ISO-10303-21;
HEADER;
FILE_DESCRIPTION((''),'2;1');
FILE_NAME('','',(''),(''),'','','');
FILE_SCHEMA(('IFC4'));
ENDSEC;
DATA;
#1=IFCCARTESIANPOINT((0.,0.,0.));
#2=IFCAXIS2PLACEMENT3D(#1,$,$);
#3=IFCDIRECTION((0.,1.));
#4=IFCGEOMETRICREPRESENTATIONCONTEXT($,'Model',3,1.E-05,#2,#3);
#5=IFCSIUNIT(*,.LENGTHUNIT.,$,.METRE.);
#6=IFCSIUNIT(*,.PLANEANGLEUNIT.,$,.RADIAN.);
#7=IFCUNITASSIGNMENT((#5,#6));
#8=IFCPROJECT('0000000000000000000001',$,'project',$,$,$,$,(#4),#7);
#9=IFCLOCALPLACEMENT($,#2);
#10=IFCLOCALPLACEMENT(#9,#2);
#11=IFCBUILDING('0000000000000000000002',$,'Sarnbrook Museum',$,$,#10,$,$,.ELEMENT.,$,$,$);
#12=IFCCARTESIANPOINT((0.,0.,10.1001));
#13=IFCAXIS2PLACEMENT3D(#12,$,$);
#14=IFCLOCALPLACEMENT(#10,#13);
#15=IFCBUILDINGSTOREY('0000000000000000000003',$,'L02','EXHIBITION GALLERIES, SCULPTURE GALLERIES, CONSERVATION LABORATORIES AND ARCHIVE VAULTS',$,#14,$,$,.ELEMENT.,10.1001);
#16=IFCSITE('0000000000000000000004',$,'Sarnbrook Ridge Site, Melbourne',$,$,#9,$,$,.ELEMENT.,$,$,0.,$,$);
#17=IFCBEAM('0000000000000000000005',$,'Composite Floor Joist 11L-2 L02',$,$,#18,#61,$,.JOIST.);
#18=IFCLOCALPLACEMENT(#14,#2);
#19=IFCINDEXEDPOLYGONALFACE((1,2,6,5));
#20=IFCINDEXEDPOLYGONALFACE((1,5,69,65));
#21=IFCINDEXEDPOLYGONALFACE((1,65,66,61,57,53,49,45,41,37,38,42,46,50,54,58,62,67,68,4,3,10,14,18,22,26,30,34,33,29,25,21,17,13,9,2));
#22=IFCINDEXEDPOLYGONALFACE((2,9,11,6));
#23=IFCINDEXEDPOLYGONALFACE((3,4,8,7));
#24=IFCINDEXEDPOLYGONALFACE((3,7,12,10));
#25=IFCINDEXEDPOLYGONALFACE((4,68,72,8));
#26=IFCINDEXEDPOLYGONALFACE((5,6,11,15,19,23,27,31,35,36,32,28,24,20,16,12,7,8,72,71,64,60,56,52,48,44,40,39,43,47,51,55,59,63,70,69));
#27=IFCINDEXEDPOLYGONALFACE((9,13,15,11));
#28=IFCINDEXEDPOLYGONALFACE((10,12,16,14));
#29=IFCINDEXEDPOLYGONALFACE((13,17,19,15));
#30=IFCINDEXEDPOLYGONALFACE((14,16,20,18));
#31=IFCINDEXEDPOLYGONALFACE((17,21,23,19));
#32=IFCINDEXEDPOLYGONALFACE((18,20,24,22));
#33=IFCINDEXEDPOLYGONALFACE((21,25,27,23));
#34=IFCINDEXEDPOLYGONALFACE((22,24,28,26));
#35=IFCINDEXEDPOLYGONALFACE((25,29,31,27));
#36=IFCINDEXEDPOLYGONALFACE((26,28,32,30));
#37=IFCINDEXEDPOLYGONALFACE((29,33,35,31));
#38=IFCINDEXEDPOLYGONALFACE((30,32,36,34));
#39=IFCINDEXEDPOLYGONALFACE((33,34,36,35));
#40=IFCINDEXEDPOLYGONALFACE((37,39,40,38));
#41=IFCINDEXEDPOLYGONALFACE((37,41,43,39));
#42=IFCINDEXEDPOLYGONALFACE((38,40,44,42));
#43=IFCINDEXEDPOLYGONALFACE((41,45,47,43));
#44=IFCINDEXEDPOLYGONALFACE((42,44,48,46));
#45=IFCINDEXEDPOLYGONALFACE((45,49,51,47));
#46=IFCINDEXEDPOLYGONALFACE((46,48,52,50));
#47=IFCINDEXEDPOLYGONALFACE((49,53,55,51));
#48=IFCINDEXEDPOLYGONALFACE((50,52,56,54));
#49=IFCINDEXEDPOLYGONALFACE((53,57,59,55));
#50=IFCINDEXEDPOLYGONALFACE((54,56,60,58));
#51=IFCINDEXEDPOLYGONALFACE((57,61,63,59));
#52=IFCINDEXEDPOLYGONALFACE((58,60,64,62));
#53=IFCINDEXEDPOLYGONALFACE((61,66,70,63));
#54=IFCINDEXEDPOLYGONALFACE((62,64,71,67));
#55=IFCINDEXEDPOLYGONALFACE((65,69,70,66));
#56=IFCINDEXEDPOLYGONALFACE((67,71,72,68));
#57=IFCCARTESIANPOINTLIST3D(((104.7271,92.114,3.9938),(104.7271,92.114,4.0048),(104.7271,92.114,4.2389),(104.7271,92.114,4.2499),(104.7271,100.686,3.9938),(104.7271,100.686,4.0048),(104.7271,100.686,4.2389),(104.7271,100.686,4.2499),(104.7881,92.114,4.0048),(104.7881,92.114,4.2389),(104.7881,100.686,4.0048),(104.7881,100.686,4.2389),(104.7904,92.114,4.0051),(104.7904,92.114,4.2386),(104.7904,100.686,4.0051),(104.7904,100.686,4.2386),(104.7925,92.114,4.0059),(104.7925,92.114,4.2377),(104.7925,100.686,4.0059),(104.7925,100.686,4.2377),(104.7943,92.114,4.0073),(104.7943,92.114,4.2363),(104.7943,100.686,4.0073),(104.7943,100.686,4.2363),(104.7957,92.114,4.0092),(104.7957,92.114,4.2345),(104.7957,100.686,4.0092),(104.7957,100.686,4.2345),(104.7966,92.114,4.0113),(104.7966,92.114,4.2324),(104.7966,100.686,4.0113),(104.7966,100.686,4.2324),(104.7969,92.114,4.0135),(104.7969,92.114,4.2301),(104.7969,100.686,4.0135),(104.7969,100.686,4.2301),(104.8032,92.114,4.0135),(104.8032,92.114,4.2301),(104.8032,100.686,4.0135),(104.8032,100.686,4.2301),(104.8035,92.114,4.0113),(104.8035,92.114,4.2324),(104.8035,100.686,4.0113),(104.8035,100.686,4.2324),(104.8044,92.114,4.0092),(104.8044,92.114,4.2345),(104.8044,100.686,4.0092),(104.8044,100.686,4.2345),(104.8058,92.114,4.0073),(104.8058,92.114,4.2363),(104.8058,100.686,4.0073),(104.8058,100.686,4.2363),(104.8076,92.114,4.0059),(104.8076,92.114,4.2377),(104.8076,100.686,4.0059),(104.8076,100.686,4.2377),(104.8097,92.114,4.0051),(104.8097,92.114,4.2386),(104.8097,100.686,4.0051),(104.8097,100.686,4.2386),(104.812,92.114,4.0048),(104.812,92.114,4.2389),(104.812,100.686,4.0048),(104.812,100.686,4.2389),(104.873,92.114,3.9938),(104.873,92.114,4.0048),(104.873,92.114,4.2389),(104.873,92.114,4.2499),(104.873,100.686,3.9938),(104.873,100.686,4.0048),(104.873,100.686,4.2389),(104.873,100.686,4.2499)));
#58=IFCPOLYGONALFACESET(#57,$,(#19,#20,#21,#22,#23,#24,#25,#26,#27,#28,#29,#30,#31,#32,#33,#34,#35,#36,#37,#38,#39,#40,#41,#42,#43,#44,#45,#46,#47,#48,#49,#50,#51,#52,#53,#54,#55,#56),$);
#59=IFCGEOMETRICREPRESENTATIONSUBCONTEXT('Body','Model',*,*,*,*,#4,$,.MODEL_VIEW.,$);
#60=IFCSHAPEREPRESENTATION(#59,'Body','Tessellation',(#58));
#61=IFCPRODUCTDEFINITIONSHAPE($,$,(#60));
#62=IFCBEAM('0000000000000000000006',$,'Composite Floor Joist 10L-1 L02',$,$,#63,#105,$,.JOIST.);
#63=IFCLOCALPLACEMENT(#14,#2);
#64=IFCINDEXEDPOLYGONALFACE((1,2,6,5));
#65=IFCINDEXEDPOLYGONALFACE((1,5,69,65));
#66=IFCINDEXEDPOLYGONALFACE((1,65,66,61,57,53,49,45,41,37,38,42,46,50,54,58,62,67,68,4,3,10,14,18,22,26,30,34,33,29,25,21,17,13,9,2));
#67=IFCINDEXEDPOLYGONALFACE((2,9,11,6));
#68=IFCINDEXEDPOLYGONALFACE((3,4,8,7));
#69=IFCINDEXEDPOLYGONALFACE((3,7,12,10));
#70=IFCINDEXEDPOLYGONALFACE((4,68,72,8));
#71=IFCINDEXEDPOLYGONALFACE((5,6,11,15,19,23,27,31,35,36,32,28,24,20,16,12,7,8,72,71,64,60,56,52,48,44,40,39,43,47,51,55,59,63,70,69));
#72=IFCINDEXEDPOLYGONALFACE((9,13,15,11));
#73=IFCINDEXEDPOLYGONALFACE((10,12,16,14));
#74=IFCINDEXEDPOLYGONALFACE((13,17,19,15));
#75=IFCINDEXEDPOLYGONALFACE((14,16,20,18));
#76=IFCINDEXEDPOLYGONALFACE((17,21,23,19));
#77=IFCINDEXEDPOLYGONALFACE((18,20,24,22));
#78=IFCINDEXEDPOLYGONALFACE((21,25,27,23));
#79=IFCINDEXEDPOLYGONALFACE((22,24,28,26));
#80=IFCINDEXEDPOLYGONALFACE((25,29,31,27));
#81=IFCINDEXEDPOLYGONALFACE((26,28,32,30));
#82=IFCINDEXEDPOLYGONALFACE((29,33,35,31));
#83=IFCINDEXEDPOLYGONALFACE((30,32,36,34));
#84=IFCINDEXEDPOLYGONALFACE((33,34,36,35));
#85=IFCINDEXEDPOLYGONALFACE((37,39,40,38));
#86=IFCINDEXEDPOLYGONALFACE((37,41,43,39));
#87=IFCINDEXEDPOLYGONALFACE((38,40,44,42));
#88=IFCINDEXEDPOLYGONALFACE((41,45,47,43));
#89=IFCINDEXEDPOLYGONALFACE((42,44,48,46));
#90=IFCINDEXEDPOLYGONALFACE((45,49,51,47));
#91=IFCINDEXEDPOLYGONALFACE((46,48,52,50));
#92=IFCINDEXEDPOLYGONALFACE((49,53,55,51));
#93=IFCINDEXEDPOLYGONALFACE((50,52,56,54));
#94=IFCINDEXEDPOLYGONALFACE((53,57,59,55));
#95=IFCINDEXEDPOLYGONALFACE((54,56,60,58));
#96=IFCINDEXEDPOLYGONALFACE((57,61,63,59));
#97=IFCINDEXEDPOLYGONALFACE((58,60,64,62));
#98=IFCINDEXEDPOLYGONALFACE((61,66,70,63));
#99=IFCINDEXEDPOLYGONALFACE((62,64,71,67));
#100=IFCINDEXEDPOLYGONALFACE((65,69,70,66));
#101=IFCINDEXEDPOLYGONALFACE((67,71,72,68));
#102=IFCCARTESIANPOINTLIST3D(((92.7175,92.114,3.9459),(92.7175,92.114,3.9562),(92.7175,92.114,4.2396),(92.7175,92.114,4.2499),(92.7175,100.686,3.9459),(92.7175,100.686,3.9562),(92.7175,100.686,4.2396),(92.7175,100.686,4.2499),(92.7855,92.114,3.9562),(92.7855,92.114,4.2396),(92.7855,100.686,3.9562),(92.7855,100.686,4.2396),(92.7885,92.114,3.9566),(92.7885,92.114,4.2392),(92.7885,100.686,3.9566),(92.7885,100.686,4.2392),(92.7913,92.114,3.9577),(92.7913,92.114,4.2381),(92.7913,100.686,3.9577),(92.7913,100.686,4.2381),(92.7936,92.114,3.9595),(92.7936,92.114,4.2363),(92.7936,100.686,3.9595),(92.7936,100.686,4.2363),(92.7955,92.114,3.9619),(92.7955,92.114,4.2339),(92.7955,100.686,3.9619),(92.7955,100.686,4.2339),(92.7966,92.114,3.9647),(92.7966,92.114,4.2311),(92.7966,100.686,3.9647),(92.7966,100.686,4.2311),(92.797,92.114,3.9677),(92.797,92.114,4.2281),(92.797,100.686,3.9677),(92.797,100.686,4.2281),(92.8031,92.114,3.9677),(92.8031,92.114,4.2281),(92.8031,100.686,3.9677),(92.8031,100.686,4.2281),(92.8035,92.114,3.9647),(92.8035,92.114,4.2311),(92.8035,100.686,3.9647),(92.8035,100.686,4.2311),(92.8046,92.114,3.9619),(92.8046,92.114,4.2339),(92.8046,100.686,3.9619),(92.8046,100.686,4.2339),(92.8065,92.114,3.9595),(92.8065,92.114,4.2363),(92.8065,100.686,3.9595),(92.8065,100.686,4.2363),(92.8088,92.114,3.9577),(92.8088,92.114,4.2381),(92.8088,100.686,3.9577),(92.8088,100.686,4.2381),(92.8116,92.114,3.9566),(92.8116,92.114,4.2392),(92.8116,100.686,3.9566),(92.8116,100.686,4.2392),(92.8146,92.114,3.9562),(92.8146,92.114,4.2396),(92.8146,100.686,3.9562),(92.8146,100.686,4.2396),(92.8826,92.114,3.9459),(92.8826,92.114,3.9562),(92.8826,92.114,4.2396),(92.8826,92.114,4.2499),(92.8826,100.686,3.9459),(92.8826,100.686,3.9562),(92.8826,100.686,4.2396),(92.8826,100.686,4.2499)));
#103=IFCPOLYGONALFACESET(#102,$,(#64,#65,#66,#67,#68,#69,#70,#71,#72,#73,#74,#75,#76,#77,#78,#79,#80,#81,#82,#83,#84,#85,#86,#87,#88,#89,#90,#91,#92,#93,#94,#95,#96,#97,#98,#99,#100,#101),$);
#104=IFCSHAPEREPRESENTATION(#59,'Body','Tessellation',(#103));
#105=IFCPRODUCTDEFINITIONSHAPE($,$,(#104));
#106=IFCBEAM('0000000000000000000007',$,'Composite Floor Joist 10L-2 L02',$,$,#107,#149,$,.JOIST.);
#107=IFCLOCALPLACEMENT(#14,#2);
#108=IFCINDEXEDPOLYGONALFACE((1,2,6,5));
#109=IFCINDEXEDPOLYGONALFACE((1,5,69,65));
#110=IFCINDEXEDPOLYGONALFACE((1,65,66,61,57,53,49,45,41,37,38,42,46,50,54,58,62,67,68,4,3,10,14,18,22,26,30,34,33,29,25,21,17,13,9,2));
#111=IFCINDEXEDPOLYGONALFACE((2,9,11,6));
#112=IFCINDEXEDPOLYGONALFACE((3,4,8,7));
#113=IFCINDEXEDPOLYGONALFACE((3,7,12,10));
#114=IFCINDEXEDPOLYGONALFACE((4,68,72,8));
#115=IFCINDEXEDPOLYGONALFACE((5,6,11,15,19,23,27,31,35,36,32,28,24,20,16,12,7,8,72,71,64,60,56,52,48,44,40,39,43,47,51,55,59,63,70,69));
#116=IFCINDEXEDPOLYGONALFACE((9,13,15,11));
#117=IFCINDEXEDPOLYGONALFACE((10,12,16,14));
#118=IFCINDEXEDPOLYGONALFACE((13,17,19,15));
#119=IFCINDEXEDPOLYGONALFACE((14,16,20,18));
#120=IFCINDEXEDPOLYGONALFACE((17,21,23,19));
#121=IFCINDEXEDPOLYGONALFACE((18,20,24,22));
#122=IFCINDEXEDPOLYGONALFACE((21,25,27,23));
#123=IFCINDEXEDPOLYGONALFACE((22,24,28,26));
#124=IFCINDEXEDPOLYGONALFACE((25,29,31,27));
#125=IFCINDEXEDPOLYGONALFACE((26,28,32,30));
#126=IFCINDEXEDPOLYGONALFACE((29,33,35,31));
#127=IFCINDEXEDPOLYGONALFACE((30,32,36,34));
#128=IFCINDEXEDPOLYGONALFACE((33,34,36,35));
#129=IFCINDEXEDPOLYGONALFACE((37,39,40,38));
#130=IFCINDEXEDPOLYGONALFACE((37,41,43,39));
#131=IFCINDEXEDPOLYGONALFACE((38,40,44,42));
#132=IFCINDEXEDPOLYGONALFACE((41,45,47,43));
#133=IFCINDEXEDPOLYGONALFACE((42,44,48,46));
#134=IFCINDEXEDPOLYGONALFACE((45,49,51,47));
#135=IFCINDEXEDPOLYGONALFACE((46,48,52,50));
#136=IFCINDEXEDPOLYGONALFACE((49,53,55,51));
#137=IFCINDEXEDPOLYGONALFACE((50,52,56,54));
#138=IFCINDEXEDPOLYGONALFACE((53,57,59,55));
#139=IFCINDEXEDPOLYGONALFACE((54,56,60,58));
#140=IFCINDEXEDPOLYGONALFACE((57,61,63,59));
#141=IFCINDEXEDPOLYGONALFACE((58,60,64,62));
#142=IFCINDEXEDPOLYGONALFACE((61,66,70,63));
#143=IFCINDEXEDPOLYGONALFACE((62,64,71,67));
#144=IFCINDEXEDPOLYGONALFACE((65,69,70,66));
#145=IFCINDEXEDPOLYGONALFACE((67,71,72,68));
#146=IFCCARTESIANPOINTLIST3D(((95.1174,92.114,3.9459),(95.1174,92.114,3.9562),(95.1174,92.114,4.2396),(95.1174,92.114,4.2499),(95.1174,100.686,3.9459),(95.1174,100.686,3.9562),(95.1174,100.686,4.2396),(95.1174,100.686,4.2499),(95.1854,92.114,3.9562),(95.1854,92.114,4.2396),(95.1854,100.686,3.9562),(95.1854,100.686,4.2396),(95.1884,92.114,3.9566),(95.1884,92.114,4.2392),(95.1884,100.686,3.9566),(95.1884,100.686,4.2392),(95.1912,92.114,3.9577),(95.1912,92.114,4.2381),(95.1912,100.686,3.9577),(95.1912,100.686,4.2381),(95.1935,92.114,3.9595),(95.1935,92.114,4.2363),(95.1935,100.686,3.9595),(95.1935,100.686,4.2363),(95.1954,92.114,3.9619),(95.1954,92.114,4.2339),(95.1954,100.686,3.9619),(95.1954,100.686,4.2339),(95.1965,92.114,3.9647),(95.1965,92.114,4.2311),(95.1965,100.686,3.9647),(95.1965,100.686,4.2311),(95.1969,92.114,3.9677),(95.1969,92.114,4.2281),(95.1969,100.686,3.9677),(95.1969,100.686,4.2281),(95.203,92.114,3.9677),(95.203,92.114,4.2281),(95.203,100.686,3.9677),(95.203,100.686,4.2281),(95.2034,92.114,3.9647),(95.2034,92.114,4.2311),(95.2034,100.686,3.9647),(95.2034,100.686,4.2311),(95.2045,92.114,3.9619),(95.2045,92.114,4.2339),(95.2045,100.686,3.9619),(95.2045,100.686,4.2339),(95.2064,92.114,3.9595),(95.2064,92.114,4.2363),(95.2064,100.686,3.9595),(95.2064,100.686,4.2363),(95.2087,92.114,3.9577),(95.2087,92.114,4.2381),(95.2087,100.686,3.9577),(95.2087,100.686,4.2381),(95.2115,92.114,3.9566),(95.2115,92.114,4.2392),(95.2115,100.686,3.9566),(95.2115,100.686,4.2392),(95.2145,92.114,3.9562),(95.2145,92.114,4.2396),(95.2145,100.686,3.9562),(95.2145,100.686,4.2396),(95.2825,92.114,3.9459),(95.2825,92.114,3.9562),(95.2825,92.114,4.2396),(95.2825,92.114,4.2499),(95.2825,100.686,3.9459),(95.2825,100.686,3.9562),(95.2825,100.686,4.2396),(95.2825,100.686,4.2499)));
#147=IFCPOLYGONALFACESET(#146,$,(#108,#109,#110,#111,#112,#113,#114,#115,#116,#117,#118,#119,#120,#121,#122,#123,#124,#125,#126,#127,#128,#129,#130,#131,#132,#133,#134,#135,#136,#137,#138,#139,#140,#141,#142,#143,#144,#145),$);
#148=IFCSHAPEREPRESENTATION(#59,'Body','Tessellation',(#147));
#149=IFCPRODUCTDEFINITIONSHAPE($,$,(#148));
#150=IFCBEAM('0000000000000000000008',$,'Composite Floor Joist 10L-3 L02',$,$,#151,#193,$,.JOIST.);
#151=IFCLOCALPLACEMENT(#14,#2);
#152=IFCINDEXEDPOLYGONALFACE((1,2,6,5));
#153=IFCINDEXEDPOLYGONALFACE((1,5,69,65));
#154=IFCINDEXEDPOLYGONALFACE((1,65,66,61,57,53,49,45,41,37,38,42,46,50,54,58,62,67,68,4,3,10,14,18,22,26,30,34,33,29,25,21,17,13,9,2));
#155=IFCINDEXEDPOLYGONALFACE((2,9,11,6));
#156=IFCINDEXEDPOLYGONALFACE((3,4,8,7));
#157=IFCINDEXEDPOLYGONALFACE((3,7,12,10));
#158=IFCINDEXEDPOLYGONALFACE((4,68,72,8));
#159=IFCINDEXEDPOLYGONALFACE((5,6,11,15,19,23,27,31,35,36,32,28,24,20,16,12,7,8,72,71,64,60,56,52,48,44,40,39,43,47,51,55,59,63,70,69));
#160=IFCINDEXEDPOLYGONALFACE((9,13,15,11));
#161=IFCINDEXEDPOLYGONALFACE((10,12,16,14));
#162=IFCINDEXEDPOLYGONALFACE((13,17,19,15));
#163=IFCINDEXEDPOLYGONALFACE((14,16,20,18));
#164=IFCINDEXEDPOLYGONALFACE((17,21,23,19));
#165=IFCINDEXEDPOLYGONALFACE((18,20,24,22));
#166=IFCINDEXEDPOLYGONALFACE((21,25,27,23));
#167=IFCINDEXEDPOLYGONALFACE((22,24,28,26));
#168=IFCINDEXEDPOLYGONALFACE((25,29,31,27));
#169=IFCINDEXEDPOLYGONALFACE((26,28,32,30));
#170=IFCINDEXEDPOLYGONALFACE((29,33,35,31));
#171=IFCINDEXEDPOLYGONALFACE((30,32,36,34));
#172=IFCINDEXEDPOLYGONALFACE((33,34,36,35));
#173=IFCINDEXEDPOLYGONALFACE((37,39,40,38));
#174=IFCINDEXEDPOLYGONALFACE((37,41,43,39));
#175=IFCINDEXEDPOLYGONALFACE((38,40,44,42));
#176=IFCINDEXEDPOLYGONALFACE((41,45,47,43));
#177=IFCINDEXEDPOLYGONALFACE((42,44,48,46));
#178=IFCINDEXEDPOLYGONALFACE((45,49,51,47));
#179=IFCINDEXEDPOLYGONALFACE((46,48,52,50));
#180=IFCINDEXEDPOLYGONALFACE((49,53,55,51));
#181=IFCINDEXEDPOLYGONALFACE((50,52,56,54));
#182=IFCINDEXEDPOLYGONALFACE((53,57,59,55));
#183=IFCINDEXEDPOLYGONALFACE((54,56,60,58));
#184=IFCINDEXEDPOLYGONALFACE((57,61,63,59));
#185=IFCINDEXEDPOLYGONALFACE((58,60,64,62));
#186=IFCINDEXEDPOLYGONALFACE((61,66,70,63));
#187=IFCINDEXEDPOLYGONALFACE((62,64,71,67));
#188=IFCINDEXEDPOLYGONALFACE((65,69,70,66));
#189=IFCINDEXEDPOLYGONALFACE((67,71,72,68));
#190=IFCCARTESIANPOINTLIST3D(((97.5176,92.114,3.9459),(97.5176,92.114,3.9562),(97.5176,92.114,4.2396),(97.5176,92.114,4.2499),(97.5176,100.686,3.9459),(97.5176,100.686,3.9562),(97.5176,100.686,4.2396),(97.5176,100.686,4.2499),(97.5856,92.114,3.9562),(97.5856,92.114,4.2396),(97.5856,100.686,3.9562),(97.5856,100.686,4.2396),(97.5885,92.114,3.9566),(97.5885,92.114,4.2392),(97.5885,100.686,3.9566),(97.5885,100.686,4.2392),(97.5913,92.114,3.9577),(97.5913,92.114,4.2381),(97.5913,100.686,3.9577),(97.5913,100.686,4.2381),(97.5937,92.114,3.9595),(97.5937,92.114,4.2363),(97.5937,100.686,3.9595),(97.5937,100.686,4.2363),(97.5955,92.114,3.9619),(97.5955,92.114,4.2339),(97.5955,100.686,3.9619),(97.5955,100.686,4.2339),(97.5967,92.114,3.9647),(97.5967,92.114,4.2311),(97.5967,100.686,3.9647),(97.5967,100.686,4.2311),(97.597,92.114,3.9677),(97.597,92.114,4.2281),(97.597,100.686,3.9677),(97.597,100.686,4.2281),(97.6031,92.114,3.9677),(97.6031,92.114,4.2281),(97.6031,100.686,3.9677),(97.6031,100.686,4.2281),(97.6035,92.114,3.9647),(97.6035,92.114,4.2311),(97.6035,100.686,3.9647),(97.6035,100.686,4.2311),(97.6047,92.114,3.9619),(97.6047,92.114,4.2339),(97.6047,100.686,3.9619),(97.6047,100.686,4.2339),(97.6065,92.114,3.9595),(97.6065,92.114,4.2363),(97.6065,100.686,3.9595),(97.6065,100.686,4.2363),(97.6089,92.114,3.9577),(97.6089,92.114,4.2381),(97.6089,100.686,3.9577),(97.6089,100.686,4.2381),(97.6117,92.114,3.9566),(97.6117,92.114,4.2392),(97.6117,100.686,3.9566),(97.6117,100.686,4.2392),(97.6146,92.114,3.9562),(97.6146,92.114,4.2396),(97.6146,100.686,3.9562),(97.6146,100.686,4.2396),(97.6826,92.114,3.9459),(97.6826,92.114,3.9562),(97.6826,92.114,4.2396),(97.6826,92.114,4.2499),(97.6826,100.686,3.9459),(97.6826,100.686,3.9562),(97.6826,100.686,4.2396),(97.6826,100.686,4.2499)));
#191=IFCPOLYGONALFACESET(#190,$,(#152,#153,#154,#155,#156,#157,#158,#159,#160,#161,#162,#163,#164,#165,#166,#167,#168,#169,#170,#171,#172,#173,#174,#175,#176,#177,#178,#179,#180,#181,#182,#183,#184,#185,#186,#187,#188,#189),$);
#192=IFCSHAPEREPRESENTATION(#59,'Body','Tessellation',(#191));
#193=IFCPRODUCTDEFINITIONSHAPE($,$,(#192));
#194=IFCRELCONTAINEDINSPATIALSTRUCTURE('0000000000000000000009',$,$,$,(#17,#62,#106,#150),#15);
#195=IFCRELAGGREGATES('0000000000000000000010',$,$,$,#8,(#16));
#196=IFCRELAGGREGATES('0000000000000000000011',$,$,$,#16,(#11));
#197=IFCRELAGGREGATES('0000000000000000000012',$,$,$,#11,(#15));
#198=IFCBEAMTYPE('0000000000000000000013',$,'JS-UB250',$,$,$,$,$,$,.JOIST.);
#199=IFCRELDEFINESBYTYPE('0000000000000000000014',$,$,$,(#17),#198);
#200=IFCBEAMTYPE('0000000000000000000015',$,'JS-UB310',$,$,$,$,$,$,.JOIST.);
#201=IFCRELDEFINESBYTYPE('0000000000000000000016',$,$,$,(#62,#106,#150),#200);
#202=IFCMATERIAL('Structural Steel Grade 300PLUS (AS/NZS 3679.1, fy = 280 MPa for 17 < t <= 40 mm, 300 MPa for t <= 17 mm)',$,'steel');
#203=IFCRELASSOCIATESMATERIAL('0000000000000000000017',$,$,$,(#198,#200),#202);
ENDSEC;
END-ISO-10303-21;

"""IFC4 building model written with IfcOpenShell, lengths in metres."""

from ifc_helpers import new_model, si_unit, direction, frame, origin, origin_2d, place, context, subcontext, project, spatial, i_section, extrude, material, material_profile, profile_set, type_object, element, save


model = new_model("IFC4")

# Units and contexts
model_context = context("Model", 3, precision=1e-05, world=origin(), true_north=direction((0.0, 1.0)))
body_context = subcontext(model_context, "Body", "Model", "MODEL_VIEW")
ifc_project = project(units=[si_unit("LENGTHUNIT", "METRE"), si_unit("PLANEANGLEUNIT", "RADIAN")], contexts=[model_context])

# Site, building, storey
site_placement = place(None, origin())
site = spatial("IfcSite", under=ifc_project, at=site_placement, Name="Sarnbrook Ridge Site, Melbourne", CompositionType="ELEMENT", RefElevation=0.0)
building_placement = place(site_placement, origin())
building = spatial("IfcBuilding", under=site, at=building_placement, Name="Sarnbrook Museum", CompositionType="ELEMENT")
storey_placement = place(building_placement, frame((0.0, 0.0, 10.1001)))
storey = spatial("IfcBuildingStorey", under=building, at=storey_placement, Name="L02", Description="EXHIBITION GALLERIES, SCULPTURE GALLERIES, CONSERVATION LABORATORIES AND ARCHIVE VAULTS", CompositionType="ELEMENT", Elevation=10.1001)

# Beams
ifc_material_1 = material(Name="Structural Steel Grade 300PLUS (AS/NZS 3679.1, fy = 280 MPa for 17 < t <= 40 mm, 300 MPa for t <= 17 mm)", Category="steel")
ifc_material_profile_1 = material_profile(ifc_material_1, i_section(OverallWidth=0.146, OverallDepth=0.2561, WebThickness=0.0063, FlangeThickness=0.011, FilletRadius=0.0088, at=origin_2d()), Name="250UB37.3")
ifc_profile_set_1 = profile_set([ifc_material_profile_1], Name="Structural Steel Grade 300PLUS (AS/NZS 3679.1, fy = 280 MPa for 17 < t <= 40 mm, 300 MPa for t <= 17 mm)")
beam_type_1 = type_object("IfcBeamType", Name="JS-UB250", PredefinedType="JOIST", material=ifc_profile_set_1)
for number, where, z_axis, x_axis, name in (
    (1, (104.8, 92.114, 4.1218), (0.0, 1.0, 0.0), (-1.0, 0.0, 0.0), "Composite Floor Joist 11L-2 L02"),
):
    element("IfcBeam", number, at=place(storey_placement, frame(where, z_axis=z_axis, x_axis=x_axis)), inside=storey, type_object=beam_type_1, Name=name, PredefinedType="JOIST", context=body_context, shape_type="SweptSolid", body=[
        extrude(i_section(OverallWidth=0.146, OverallDepth=0.2561, WebThickness=0.0063, FlangeThickness=0.011, FilletRadius=0.0088, at=origin_2d()), origin(), (0.0, 0.0, 1.0), 8.572),
    ])
ifc_material_profile_2 = material_profile(ifc_material_1, i_section(OverallWidth=0.165, OverallDepth=0.304, WebThickness=0.0061, FlangeThickness=0.0103, FilletRadius=0.0115, at=origin_2d()), Name="310UB40.4")
ifc_profile_set_2 = profile_set([ifc_material_profile_2], Name="Structural Steel Grade 300PLUS (AS/NZS 3679.1, fy = 280 MPa for 17 < t <= 40 mm, 300 MPa for t <= 17 mm)")
beam_type_2 = type_object("IfcBeamType", Name="JS-UB310", PredefinedType="JOIST", material=ifc_profile_set_2)
for number, where, z_axis, x_axis, name in (
    (2, (92.8, 92.114, 4.0979), (0.0, 1.0, 0.0), (-1.0, 0.0, 0.0), "Composite Floor Joist 10L-1 L02"),
    (3, (95.2, 92.114, 4.0979), (0.0, 1.0, 0.0), (-1.0, 0.0, 0.0), "Composite Floor Joist 10L-2 L02"),
    (4, (97.6001, 92.114, 4.0979), (0.0, 1.0, 0.0), (-1.0, 0.0, 0.0), "Composite Floor Joist 10L-3 L02"),
):
    element("IfcBeam", number, at=place(storey_placement, frame(where, z_axis=z_axis, x_axis=x_axis)), inside=storey, type_object=beam_type_2, Name=name, PredefinedType="JOIST", context=body_context, shape_type="SweptSolid", body=[
        extrude(i_section(OverallWidth=0.165, OverallDepth=0.304, WebThickness=0.0061, FlangeThickness=0.0103, FilletRadius=0.0115, at=origin_2d()), origin(), (0.0, 0.0, 1.0), 8.572),
    ])

save(model, "model.ifc")
